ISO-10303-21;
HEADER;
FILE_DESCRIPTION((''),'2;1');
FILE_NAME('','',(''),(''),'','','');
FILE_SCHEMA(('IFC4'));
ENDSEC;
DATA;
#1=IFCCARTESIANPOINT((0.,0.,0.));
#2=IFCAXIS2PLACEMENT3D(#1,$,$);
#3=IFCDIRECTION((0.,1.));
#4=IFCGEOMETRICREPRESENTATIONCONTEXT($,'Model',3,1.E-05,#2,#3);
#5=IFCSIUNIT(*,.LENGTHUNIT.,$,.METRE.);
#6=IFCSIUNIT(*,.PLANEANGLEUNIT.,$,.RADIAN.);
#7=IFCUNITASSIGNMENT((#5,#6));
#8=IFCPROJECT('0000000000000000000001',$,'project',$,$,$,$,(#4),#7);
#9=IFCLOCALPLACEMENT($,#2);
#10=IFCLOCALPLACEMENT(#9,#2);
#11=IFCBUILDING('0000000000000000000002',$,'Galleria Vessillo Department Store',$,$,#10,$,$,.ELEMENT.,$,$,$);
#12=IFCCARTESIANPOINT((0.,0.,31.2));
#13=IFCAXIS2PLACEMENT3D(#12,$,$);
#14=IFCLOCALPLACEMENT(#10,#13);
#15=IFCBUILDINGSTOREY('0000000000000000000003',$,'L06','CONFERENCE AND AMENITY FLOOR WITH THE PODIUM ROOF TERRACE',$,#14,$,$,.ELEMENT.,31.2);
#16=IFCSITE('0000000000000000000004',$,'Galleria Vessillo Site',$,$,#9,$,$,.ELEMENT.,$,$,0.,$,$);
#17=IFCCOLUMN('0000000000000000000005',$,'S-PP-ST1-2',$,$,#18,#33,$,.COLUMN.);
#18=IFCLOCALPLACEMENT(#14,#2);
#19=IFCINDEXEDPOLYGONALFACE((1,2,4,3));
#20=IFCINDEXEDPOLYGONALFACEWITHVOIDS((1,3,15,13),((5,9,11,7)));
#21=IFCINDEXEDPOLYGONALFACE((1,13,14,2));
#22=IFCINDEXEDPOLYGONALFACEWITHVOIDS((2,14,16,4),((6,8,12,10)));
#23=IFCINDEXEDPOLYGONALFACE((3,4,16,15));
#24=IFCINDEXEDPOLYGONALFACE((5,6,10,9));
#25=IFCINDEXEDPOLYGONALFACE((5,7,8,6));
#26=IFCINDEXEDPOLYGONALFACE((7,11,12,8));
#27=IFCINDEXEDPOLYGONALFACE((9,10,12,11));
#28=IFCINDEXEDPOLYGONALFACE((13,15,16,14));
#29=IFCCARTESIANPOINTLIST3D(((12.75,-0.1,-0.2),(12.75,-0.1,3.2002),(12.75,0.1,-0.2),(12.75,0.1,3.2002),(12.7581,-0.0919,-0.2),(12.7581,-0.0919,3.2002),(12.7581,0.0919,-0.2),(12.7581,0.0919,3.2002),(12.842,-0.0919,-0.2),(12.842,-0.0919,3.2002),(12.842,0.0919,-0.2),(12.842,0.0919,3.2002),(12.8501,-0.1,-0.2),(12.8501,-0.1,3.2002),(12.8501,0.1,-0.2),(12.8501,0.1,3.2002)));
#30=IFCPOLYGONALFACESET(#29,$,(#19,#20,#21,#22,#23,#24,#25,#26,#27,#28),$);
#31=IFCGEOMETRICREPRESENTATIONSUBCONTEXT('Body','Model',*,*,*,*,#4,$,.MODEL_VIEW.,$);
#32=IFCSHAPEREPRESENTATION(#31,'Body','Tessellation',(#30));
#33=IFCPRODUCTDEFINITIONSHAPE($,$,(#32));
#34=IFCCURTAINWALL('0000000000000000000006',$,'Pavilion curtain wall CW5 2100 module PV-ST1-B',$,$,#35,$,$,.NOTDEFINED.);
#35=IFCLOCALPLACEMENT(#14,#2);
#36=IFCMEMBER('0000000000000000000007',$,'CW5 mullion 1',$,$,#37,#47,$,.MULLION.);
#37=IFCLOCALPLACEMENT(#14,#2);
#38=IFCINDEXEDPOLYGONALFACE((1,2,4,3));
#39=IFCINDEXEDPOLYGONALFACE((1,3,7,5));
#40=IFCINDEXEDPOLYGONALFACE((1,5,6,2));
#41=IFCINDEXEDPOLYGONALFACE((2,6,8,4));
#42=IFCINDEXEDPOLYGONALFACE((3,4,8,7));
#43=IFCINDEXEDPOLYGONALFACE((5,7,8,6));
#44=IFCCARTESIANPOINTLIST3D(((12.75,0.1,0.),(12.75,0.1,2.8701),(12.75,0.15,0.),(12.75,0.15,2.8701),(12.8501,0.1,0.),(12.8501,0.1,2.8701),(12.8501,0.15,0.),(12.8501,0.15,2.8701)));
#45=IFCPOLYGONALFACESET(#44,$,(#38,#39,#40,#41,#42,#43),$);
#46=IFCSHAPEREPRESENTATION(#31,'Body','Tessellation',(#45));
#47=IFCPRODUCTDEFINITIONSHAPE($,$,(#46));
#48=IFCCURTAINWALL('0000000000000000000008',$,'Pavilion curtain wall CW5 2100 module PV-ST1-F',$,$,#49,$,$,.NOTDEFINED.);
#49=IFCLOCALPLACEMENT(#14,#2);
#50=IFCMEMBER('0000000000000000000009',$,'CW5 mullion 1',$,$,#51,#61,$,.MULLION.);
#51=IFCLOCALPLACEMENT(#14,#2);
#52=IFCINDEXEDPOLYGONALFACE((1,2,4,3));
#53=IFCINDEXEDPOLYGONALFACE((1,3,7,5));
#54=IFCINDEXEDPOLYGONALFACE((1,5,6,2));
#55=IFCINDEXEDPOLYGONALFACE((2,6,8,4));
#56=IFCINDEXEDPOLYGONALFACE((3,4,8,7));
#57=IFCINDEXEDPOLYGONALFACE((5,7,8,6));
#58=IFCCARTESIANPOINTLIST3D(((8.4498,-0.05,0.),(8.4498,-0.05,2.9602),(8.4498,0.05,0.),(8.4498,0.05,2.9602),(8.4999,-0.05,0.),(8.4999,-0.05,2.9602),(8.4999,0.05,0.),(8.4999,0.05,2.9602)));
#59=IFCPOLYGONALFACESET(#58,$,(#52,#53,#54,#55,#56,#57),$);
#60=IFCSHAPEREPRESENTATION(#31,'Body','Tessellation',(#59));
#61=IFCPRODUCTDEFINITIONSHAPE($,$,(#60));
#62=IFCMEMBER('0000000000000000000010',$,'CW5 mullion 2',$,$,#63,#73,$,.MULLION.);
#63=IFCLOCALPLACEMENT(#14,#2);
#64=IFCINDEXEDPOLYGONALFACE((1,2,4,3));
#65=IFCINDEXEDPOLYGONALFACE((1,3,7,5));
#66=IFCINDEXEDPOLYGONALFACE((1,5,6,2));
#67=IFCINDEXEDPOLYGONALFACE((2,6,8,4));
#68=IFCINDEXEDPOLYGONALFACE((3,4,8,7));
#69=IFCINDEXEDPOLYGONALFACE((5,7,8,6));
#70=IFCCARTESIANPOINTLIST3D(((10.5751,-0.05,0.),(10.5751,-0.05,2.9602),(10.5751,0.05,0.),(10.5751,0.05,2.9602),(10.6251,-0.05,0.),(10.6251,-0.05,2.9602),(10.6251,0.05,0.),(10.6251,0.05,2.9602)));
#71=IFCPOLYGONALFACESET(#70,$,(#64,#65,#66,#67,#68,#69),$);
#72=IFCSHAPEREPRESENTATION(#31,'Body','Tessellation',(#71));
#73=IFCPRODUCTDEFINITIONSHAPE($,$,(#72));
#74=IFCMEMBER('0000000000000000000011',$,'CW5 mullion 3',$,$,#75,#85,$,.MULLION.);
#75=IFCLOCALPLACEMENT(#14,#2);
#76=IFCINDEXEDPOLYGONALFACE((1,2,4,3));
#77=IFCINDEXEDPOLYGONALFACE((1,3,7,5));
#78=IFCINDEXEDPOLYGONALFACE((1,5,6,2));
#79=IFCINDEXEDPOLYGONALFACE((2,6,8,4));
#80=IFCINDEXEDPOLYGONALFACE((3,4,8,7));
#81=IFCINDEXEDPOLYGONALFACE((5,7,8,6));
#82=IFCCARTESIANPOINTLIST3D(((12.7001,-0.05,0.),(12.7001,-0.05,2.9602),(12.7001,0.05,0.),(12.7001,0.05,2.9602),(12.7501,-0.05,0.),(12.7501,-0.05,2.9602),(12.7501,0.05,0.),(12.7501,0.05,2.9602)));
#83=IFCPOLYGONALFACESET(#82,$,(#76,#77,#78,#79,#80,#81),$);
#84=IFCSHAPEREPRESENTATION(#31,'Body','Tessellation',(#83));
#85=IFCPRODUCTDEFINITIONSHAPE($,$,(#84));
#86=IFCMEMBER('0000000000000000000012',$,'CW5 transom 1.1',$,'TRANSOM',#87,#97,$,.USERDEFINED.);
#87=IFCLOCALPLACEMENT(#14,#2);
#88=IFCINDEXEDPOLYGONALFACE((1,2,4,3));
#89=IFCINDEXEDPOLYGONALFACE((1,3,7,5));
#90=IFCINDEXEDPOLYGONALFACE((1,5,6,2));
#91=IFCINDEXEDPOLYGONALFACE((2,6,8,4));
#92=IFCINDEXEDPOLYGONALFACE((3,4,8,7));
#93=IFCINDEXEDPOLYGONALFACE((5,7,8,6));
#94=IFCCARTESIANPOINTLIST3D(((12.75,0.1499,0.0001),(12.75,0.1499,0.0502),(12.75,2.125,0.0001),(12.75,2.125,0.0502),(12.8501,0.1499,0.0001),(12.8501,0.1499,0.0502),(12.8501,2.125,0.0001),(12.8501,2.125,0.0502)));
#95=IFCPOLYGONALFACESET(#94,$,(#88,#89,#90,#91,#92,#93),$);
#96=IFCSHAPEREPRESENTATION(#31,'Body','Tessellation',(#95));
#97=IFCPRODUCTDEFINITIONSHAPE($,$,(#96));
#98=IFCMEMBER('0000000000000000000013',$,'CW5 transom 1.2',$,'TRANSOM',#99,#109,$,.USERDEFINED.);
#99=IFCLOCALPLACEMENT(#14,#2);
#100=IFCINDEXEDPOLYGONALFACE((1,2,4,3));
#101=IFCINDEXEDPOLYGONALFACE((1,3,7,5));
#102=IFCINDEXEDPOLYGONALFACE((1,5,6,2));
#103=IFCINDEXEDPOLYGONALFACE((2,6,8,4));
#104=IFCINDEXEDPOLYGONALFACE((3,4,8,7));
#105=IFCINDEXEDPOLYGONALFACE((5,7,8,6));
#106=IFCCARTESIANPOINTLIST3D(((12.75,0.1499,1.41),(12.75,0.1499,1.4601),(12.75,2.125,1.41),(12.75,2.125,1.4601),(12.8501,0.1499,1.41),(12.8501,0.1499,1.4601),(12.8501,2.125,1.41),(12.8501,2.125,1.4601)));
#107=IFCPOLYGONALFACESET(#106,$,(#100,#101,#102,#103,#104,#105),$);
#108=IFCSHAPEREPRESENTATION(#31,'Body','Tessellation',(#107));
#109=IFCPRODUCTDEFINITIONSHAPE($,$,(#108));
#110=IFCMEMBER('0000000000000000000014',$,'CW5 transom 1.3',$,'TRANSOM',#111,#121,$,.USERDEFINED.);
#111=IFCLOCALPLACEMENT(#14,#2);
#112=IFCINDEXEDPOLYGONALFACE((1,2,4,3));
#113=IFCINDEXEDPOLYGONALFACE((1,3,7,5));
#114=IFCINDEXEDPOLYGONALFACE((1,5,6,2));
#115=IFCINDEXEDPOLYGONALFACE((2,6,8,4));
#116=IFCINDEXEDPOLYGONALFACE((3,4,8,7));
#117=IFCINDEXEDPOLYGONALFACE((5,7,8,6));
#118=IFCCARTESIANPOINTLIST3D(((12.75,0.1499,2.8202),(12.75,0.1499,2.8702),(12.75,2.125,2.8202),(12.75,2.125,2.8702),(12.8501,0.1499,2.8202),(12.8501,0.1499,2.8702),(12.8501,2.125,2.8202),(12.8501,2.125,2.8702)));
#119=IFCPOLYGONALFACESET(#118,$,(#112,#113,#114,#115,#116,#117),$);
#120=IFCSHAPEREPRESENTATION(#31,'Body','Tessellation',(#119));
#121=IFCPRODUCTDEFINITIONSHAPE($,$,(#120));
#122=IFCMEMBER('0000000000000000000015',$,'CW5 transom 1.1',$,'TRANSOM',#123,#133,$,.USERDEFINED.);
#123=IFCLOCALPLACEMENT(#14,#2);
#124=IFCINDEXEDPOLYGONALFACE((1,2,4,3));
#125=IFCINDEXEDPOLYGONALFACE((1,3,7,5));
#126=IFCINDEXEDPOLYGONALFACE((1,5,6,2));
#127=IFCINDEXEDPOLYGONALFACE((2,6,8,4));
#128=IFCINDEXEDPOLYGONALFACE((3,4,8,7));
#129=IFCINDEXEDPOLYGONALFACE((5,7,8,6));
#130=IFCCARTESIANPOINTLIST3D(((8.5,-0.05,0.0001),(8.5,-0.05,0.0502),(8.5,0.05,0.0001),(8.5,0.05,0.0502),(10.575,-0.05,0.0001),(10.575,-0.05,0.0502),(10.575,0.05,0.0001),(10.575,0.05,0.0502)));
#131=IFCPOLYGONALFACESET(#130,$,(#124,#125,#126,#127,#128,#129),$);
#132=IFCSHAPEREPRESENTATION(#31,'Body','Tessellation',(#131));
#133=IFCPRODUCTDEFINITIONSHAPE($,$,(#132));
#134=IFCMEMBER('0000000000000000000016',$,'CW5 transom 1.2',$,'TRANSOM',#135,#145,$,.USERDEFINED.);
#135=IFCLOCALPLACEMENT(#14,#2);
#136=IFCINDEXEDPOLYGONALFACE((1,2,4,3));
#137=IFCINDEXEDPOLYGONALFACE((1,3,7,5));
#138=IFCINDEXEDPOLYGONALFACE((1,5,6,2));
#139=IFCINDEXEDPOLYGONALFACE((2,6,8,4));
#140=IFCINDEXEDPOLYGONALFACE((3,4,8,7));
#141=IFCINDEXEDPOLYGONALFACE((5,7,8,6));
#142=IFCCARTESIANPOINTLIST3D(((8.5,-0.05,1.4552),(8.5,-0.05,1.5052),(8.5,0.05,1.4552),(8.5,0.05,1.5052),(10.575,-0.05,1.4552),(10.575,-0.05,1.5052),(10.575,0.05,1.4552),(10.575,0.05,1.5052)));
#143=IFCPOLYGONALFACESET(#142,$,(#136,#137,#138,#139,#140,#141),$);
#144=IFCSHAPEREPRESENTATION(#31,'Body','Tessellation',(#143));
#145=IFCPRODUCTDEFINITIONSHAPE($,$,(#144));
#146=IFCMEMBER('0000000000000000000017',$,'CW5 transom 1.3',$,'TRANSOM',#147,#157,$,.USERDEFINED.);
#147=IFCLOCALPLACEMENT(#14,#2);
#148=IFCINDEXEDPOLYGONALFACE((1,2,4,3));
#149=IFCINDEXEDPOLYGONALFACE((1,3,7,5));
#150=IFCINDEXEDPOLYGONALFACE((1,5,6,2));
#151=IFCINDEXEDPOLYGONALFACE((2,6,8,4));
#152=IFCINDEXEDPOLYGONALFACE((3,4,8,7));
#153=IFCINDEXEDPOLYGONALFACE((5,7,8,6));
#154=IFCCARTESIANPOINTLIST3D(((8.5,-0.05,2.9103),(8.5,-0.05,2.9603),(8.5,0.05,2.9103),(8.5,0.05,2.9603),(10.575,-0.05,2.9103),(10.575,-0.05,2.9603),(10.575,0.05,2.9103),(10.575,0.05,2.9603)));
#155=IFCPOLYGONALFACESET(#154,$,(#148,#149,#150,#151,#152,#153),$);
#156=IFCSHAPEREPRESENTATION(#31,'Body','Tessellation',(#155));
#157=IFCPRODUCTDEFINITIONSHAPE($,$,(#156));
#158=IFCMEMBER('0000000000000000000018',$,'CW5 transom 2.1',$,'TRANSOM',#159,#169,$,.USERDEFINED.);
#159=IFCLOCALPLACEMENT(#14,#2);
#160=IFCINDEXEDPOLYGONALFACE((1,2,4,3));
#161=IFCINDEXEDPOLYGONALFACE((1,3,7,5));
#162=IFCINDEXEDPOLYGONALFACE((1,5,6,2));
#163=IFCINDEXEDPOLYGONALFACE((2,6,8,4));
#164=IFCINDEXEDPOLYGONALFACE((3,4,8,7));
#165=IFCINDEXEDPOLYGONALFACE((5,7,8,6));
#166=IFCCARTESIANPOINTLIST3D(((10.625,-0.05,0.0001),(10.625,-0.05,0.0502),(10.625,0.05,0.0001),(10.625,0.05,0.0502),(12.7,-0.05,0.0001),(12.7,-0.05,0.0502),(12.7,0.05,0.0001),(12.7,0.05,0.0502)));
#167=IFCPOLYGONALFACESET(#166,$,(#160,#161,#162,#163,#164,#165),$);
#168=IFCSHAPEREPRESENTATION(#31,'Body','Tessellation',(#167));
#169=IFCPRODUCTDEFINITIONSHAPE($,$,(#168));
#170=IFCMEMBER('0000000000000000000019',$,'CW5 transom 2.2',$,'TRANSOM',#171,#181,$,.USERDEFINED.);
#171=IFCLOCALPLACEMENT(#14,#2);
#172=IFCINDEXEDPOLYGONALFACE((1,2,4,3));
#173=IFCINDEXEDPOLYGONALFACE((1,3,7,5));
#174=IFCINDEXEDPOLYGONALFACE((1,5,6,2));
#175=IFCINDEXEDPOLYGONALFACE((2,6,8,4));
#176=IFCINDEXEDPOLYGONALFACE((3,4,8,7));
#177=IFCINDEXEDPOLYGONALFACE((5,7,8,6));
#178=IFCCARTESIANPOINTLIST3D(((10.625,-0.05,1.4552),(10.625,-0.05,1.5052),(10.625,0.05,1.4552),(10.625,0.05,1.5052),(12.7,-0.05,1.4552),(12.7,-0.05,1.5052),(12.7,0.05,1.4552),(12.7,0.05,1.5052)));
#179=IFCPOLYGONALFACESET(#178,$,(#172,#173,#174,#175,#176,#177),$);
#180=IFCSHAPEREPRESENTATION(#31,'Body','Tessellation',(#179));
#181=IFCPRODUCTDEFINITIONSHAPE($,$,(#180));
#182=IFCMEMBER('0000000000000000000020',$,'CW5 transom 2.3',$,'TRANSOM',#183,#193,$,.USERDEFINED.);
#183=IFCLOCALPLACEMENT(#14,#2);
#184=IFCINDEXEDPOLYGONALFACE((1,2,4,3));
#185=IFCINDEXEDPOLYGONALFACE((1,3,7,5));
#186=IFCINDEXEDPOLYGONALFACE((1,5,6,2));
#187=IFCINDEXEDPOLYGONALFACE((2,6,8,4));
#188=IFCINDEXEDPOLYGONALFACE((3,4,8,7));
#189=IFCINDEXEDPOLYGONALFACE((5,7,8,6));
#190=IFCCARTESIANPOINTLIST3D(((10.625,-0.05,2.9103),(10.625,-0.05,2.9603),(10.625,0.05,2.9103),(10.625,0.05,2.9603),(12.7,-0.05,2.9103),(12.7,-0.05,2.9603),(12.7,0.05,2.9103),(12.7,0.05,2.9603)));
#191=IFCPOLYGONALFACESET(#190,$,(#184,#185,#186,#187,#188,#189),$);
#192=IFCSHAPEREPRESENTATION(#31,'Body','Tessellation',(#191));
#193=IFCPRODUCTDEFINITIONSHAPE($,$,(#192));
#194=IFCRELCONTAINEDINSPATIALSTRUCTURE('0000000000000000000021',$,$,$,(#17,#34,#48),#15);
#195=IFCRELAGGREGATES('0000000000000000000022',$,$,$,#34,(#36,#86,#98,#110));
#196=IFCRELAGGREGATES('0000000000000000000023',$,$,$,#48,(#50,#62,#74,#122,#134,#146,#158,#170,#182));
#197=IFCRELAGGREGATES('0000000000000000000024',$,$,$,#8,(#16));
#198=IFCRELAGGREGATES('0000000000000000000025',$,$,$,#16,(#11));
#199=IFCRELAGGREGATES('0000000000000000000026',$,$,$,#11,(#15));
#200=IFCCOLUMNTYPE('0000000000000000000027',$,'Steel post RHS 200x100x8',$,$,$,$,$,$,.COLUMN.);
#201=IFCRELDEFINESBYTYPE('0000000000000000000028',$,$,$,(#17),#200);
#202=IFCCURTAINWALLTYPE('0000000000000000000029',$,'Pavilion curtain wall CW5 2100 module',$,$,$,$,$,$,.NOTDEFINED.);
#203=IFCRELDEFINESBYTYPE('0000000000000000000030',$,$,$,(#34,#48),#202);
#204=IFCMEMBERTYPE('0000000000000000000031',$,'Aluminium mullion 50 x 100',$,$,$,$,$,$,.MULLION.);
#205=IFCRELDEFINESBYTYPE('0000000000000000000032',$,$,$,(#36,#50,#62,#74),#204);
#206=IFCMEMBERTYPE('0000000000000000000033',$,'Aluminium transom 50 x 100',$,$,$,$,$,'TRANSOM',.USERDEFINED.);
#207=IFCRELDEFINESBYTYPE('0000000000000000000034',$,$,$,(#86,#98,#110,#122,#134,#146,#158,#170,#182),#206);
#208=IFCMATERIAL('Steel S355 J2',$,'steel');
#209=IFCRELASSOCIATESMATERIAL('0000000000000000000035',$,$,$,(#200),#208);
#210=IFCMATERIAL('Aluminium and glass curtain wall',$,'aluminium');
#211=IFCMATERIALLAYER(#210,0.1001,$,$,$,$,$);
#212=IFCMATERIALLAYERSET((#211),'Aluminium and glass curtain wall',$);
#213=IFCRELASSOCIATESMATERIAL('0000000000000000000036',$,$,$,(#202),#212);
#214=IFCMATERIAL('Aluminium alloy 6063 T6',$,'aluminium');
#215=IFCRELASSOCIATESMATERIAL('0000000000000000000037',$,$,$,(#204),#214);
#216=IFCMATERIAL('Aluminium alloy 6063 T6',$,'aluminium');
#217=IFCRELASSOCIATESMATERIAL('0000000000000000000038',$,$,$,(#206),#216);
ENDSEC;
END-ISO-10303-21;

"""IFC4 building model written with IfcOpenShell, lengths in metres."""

from ifc_helpers import new_model, si_unit, direction, frame, origin, origin_2d, place, context, subcontext, project, spatial, rectangle, hollow_rectangle, extrude, material, layer, layer_set, material_profile, profile_set, type_object, element, aggregate, save


model = new_model("IFC4")

# Units and contexts
model_context = context("Model", 3, precision=1e-05, world=origin(), true_north=direction((0.0, 1.0)))
body_context = subcontext(model_context, "Body", "Model", "MODEL_VIEW")
ifc_project = project(units=[si_unit("LENGTHUNIT", "METRE"), si_unit("PLANEANGLEUNIT", "RADIAN")], contexts=[model_context])

# Site, building, storey
site_placement = place(None, origin())
site = spatial("IfcSite", under=ifc_project, at=site_placement, Name="Galleria Vessillo Site", CompositionType="ELEMENT", RefElevation=0.0)
building_placement = place(site_placement, origin())
building = spatial("IfcBuilding", under=site, at=building_placement, Name="Galleria Vessillo Department Store", CompositionType="ELEMENT")
storey_placement = place(building_placement, frame((0.0, 0.0, 31.2)))
storey = spatial("IfcBuildingStorey", under=building, at=storey_placement, Name="L06", Description="CONFERENCE AND AMENITY FLOOR WITH THE PODIUM ROOF TERRACE", CompositionType="ELEMENT", Elevation=31.2)

# Column
ifc_material_1 = material(Name="Steel S355 J2", Category="steel")
ifc_material_profile_1 = material_profile(ifc_material_1, hollow_rectangle(XDim=0.1001, YDim=0.2, WallThickness=0.0081, at=origin_2d()), Name="RHS 200x100x8")
ifc_profile_set_1 = profile_set([ifc_material_profile_1], Name="Steel S355 J2")
column_type = type_object("IfcColumnType", Name="Steel post RHS 200x100x8", PredefinedType="COLUMN", material=ifc_profile_set_1)
column_placement = place(storey_placement, frame((12.8, 0.0, -0.2), z_axis=(0.0, 0.0, 1.0), x_axis=(1.0, 0.0, 0.0)))
element("IfcColumn", 1, at=column_placement, inside=storey, type_object=column_type, Name="S-PP-ST1-2", PredefinedType="COLUMN", context=body_context, shape_type="SweptSolid", body=[
    extrude(hollow_rectangle(XDim=0.1001, YDim=0.2, WallThickness=0.0081, at=origin_2d()), origin(), (0.0, 0.0, 1.0), 3.4001),
])

# Curtain wall, member
ifc_material_2 = material(Name="Aluminium and glass curtain wall", Category="aluminium")
ifc_layer_1 = layer(ifc_material_2, 0.1001)
ifc_layer_set_1 = layer_set([ifc_layer_1], Name="Aluminium and glass curtain wall")
curtain_wall_type = type_object("IfcCurtainWallType", Name="Pavilion curtain wall CW5 2100 module", PredefinedType="NOTDEFINED", material=ifc_layer_set_1)
curtain_wall_1_placement = place(storey_placement, origin())
curtain_wall_1 = element("IfcCurtainWall", 2, at=curtain_wall_1_placement, inside=storey, type_object=curtain_wall_type, Name="Pavilion curtain wall CW5 2100 module PV-ST1-B", PredefinedType="NOTDEFINED")
ifc_material_3 = material(Name="Aluminium alloy 6063 T6", Category="aluminium")
ifc_material_profile_2 = material_profile(ifc_material_3, rectangle(XDim=0.1001, YDim=0.05, at=origin_2d()), Name="AL 50x100")
ifc_profile_set_2 = profile_set([ifc_material_profile_2], Name="Aluminium alloy 6063 T6")
member_type_1 = type_object("IfcMemberType", Name="Aluminium mullion 50 x 100", PredefinedType="MULLION", material=ifc_profile_set_2)
member_1_placement = place(storey_placement, frame((12.8, 0.125, 0.0), z_axis=(0.0, 0.0, 1.0), x_axis=(-1.0, 0.0, 0.0)))
member_1 = element("IfcMember", 3, at=member_1_placement, type_object=member_type_1, Name="CW5 mullion 1", PredefinedType="MULLION", context=body_context, shape_type="SweptSolid", body=[
    extrude(rectangle(XDim=0.1001, YDim=0.05, at=origin_2d()), origin(), (0.0, 0.0, 1.0), 2.8701),
])

# Curtain wall, members
curtain_wall_2_placement = place(storey_placement, origin())
curtain_wall_2 = element("IfcCurtainWall", 4, at=curtain_wall_2_placement, inside=storey, type_object=curtain_wall_type, Name="Pavilion curtain wall CW5 2100 module PV-ST1-F", PredefinedType="NOTDEFINED")
member_2_placement = place(storey_placement, frame((8.4749, 0.0, 0.0), z_axis=(0.0, 0.0, 1.0), x_axis=(0.0, 1.0, 0.0)))
member_2 = element("IfcMember", 5, at=member_2_placement, type_object=member_type_1, Name="CW5 mullion 1", PredefinedType="MULLION", context=body_context, shape_type="SweptSolid", body=[
    extrude(rectangle(XDim=0.1001, YDim=0.05, at=origin_2d()), origin(), (0.0, 0.0, 1.0), 2.9602),
])
member_3_placement = place(storey_placement, frame((10.6001, 0.0, 0.0), z_axis=(0.0, 0.0, 1.0), x_axis=(0.0, 1.0, 0.0)))
member_3 = element("IfcMember", 6, at=member_3_placement, type_object=member_type_1, Name="CW5 mullion 2", PredefinedType="MULLION", context=body_context, shape_type="SweptSolid", body=[
    extrude(rectangle(XDim=0.1001, YDim=0.05, at=origin_2d()), origin(), (0.0, 0.0, 1.0), 2.9602),
])
member_4_placement = place(storey_placement, frame((12.7251, 0.0, 0.0), z_axis=(0.0, 0.0, 1.0), x_axis=(0.0, 1.0, 0.0)))
member_4 = element("IfcMember", 7, at=member_4_placement, type_object=member_type_1, Name="CW5 mullion 3", PredefinedType="MULLION", context=body_context, shape_type="SweptSolid", body=[
    extrude(rectangle(XDim=0.1001, YDim=0.05, at=origin_2d()), origin(), (0.0, 0.0, 1.0), 2.9602),
])

# Members
ifc_material_4 = material(Name="Aluminium alloy 6063 T6", Category="aluminium")
ifc_material_profile_3 = material_profile(ifc_material_4, rectangle(XDim=0.1001, YDim=0.05, at=origin_2d()), Name="AL 50x100")
ifc_profile_set_3 = profile_set([ifc_material_profile_3], Name="Aluminium alloy 6063 T6")
member_type_2 = type_object("IfcMemberType", Name="Aluminium transom 50 x 100", ElementType="TRANSOM", PredefinedType="USERDEFINED", material=ifc_profile_set_3)
member_5_placement = place(storey_placement, frame((12.8, 0.1499, 0.0251), z_axis=(0.0, 1.0, 0.0), x_axis=(-1.0, 0.0, 0.0)))
member_5 = element("IfcMember", 8, at=member_5_placement, type_object=member_type_2, Name="CW5 transom 1.1", ObjectType="TRANSOM", PredefinedType="USERDEFINED", context=body_context, shape_type="SweptSolid", body=[
    extrude(rectangle(XDim=0.1001, YDim=0.05, at=origin_2d()), origin(), (0.0, 0.0, 1.0), 1.9751),
])
member_6_placement = place(storey_placement, frame((12.8, 0.1499, 1.4351), z_axis=(0.0, 1.0, 0.0), x_axis=(-1.0, 0.0, 0.0)))
member_6 = element("IfcMember", 9, at=member_6_placement, type_object=member_type_2, Name="CW5 transom 1.2", ObjectType="TRANSOM", PredefinedType="USERDEFINED", context=body_context, shape_type="SweptSolid", body=[
    extrude(rectangle(XDim=0.1001, YDim=0.05, at=origin_2d()), origin(), (0.0, 0.0, 1.0), 1.9751),
])
member_7_placement = place(storey_placement, frame((12.8, 0.1499, 2.8452), z_axis=(0.0, 1.0, 0.0), x_axis=(-1.0, 0.0, 0.0)))
member_7 = element("IfcMember", 10, at=member_7_placement, type_object=member_type_2, Name="CW5 transom 1.3", ObjectType="TRANSOM", PredefinedType="USERDEFINED", context=body_context, shape_type="SweptSolid", body=[
    extrude(rectangle(XDim=0.1001, YDim=0.05, at=origin_2d()), origin(), (0.0, 0.0, 1.0), 1.9751),
])
aggregate(curtain_wall_1, [member_1, member_5, member_6, member_7])
member_8_placement = place(storey_placement, frame((8.5, 0.0, 0.0251), z_axis=(1.0, 0.0, 0.0), x_axis=(0.0, 1.0, 0.0)))
member_8 = element("IfcMember", 11, at=member_8_placement, type_object=member_type_2, Name="CW5 transom 1.1", ObjectType="TRANSOM", PredefinedType="USERDEFINED", context=body_context, shape_type="SweptSolid", body=[
    extrude(rectangle(XDim=0.1001, YDim=0.05, at=origin_2d()), origin(), (0.0, 0.0, 1.0), 2.075),
])
member_9_placement = place(storey_placement, frame((8.5, 0.0, 1.4802), z_axis=(1.0, 0.0, 0.0), x_axis=(0.0, 1.0, 0.0)))
member_9 = element("IfcMember", 12, at=member_9_placement, type_object=member_type_2, Name="CW5 transom 1.2", ObjectType="TRANSOM", PredefinedType="USERDEFINED", context=body_context, shape_type="SweptSolid", body=[
    extrude(rectangle(XDim=0.1001, YDim=0.05, at=origin_2d()), origin(), (0.0, 0.0, 1.0), 2.075),
])
member_10_placement = place(storey_placement, frame((8.5, 0.0, 2.9353), z_axis=(1.0, 0.0, 0.0), x_axis=(0.0, 1.0, 0.0)))
member_10 = element("IfcMember", 13, at=member_10_placement, type_object=member_type_2, Name="CW5 transom 1.3", ObjectType="TRANSOM", PredefinedType="USERDEFINED", context=body_context, shape_type="SweptSolid", body=[
    extrude(rectangle(XDim=0.1001, YDim=0.05, at=origin_2d()), origin(), (0.0, 0.0, 1.0), 2.075),
])
member_11_placement = place(storey_placement, frame((10.625, 0.0, 0.0251), z_axis=(1.0, 0.0, 0.0), x_axis=(0.0, 1.0, 0.0)))
member_11 = element("IfcMember", 14, at=member_11_placement, type_object=member_type_2, Name="CW5 transom 2.1", ObjectType="TRANSOM", PredefinedType="USERDEFINED", context=body_context, shape_type="SweptSolid", body=[
    extrude(rectangle(XDim=0.1001, YDim=0.05, at=origin_2d()), origin(), (0.0, 0.0, 1.0), 2.075),
])
member_12_placement = place(storey_placement, frame((10.625, 0.0, 1.4802), z_axis=(1.0, 0.0, 0.0), x_axis=(0.0, 1.0, 0.0)))
member_12 = element("IfcMember", 15, at=member_12_placement, type_object=member_type_2, Name="CW5 transom 2.2", ObjectType="TRANSOM", PredefinedType="USERDEFINED", context=body_context, shape_type="SweptSolid", body=[
    extrude(rectangle(XDim=0.1001, YDim=0.05, at=origin_2d()), origin(), (0.0, 0.0, 1.0), 2.075),
])
member_13_placement = place(storey_placement, frame((10.625, 0.0, 2.9353), z_axis=(1.0, 0.0, 0.0), x_axis=(0.0, 1.0, 0.0)))
member_13 = element("IfcMember", 16, at=member_13_placement, type_object=member_type_2, Name="CW5 transom 2.3", ObjectType="TRANSOM", PredefinedType="USERDEFINED", context=body_context, shape_type="SweptSolid", body=[
    extrude(rectangle(XDim=0.1001, YDim=0.05, at=origin_2d()), origin(), (0.0, 0.0, 1.0), 2.075),
])

aggregate(curtain_wall_2, [member_2, member_3, member_4, member_8, member_9, member_10, member_11, member_12, member_13])

save(model, "model.ifc")
